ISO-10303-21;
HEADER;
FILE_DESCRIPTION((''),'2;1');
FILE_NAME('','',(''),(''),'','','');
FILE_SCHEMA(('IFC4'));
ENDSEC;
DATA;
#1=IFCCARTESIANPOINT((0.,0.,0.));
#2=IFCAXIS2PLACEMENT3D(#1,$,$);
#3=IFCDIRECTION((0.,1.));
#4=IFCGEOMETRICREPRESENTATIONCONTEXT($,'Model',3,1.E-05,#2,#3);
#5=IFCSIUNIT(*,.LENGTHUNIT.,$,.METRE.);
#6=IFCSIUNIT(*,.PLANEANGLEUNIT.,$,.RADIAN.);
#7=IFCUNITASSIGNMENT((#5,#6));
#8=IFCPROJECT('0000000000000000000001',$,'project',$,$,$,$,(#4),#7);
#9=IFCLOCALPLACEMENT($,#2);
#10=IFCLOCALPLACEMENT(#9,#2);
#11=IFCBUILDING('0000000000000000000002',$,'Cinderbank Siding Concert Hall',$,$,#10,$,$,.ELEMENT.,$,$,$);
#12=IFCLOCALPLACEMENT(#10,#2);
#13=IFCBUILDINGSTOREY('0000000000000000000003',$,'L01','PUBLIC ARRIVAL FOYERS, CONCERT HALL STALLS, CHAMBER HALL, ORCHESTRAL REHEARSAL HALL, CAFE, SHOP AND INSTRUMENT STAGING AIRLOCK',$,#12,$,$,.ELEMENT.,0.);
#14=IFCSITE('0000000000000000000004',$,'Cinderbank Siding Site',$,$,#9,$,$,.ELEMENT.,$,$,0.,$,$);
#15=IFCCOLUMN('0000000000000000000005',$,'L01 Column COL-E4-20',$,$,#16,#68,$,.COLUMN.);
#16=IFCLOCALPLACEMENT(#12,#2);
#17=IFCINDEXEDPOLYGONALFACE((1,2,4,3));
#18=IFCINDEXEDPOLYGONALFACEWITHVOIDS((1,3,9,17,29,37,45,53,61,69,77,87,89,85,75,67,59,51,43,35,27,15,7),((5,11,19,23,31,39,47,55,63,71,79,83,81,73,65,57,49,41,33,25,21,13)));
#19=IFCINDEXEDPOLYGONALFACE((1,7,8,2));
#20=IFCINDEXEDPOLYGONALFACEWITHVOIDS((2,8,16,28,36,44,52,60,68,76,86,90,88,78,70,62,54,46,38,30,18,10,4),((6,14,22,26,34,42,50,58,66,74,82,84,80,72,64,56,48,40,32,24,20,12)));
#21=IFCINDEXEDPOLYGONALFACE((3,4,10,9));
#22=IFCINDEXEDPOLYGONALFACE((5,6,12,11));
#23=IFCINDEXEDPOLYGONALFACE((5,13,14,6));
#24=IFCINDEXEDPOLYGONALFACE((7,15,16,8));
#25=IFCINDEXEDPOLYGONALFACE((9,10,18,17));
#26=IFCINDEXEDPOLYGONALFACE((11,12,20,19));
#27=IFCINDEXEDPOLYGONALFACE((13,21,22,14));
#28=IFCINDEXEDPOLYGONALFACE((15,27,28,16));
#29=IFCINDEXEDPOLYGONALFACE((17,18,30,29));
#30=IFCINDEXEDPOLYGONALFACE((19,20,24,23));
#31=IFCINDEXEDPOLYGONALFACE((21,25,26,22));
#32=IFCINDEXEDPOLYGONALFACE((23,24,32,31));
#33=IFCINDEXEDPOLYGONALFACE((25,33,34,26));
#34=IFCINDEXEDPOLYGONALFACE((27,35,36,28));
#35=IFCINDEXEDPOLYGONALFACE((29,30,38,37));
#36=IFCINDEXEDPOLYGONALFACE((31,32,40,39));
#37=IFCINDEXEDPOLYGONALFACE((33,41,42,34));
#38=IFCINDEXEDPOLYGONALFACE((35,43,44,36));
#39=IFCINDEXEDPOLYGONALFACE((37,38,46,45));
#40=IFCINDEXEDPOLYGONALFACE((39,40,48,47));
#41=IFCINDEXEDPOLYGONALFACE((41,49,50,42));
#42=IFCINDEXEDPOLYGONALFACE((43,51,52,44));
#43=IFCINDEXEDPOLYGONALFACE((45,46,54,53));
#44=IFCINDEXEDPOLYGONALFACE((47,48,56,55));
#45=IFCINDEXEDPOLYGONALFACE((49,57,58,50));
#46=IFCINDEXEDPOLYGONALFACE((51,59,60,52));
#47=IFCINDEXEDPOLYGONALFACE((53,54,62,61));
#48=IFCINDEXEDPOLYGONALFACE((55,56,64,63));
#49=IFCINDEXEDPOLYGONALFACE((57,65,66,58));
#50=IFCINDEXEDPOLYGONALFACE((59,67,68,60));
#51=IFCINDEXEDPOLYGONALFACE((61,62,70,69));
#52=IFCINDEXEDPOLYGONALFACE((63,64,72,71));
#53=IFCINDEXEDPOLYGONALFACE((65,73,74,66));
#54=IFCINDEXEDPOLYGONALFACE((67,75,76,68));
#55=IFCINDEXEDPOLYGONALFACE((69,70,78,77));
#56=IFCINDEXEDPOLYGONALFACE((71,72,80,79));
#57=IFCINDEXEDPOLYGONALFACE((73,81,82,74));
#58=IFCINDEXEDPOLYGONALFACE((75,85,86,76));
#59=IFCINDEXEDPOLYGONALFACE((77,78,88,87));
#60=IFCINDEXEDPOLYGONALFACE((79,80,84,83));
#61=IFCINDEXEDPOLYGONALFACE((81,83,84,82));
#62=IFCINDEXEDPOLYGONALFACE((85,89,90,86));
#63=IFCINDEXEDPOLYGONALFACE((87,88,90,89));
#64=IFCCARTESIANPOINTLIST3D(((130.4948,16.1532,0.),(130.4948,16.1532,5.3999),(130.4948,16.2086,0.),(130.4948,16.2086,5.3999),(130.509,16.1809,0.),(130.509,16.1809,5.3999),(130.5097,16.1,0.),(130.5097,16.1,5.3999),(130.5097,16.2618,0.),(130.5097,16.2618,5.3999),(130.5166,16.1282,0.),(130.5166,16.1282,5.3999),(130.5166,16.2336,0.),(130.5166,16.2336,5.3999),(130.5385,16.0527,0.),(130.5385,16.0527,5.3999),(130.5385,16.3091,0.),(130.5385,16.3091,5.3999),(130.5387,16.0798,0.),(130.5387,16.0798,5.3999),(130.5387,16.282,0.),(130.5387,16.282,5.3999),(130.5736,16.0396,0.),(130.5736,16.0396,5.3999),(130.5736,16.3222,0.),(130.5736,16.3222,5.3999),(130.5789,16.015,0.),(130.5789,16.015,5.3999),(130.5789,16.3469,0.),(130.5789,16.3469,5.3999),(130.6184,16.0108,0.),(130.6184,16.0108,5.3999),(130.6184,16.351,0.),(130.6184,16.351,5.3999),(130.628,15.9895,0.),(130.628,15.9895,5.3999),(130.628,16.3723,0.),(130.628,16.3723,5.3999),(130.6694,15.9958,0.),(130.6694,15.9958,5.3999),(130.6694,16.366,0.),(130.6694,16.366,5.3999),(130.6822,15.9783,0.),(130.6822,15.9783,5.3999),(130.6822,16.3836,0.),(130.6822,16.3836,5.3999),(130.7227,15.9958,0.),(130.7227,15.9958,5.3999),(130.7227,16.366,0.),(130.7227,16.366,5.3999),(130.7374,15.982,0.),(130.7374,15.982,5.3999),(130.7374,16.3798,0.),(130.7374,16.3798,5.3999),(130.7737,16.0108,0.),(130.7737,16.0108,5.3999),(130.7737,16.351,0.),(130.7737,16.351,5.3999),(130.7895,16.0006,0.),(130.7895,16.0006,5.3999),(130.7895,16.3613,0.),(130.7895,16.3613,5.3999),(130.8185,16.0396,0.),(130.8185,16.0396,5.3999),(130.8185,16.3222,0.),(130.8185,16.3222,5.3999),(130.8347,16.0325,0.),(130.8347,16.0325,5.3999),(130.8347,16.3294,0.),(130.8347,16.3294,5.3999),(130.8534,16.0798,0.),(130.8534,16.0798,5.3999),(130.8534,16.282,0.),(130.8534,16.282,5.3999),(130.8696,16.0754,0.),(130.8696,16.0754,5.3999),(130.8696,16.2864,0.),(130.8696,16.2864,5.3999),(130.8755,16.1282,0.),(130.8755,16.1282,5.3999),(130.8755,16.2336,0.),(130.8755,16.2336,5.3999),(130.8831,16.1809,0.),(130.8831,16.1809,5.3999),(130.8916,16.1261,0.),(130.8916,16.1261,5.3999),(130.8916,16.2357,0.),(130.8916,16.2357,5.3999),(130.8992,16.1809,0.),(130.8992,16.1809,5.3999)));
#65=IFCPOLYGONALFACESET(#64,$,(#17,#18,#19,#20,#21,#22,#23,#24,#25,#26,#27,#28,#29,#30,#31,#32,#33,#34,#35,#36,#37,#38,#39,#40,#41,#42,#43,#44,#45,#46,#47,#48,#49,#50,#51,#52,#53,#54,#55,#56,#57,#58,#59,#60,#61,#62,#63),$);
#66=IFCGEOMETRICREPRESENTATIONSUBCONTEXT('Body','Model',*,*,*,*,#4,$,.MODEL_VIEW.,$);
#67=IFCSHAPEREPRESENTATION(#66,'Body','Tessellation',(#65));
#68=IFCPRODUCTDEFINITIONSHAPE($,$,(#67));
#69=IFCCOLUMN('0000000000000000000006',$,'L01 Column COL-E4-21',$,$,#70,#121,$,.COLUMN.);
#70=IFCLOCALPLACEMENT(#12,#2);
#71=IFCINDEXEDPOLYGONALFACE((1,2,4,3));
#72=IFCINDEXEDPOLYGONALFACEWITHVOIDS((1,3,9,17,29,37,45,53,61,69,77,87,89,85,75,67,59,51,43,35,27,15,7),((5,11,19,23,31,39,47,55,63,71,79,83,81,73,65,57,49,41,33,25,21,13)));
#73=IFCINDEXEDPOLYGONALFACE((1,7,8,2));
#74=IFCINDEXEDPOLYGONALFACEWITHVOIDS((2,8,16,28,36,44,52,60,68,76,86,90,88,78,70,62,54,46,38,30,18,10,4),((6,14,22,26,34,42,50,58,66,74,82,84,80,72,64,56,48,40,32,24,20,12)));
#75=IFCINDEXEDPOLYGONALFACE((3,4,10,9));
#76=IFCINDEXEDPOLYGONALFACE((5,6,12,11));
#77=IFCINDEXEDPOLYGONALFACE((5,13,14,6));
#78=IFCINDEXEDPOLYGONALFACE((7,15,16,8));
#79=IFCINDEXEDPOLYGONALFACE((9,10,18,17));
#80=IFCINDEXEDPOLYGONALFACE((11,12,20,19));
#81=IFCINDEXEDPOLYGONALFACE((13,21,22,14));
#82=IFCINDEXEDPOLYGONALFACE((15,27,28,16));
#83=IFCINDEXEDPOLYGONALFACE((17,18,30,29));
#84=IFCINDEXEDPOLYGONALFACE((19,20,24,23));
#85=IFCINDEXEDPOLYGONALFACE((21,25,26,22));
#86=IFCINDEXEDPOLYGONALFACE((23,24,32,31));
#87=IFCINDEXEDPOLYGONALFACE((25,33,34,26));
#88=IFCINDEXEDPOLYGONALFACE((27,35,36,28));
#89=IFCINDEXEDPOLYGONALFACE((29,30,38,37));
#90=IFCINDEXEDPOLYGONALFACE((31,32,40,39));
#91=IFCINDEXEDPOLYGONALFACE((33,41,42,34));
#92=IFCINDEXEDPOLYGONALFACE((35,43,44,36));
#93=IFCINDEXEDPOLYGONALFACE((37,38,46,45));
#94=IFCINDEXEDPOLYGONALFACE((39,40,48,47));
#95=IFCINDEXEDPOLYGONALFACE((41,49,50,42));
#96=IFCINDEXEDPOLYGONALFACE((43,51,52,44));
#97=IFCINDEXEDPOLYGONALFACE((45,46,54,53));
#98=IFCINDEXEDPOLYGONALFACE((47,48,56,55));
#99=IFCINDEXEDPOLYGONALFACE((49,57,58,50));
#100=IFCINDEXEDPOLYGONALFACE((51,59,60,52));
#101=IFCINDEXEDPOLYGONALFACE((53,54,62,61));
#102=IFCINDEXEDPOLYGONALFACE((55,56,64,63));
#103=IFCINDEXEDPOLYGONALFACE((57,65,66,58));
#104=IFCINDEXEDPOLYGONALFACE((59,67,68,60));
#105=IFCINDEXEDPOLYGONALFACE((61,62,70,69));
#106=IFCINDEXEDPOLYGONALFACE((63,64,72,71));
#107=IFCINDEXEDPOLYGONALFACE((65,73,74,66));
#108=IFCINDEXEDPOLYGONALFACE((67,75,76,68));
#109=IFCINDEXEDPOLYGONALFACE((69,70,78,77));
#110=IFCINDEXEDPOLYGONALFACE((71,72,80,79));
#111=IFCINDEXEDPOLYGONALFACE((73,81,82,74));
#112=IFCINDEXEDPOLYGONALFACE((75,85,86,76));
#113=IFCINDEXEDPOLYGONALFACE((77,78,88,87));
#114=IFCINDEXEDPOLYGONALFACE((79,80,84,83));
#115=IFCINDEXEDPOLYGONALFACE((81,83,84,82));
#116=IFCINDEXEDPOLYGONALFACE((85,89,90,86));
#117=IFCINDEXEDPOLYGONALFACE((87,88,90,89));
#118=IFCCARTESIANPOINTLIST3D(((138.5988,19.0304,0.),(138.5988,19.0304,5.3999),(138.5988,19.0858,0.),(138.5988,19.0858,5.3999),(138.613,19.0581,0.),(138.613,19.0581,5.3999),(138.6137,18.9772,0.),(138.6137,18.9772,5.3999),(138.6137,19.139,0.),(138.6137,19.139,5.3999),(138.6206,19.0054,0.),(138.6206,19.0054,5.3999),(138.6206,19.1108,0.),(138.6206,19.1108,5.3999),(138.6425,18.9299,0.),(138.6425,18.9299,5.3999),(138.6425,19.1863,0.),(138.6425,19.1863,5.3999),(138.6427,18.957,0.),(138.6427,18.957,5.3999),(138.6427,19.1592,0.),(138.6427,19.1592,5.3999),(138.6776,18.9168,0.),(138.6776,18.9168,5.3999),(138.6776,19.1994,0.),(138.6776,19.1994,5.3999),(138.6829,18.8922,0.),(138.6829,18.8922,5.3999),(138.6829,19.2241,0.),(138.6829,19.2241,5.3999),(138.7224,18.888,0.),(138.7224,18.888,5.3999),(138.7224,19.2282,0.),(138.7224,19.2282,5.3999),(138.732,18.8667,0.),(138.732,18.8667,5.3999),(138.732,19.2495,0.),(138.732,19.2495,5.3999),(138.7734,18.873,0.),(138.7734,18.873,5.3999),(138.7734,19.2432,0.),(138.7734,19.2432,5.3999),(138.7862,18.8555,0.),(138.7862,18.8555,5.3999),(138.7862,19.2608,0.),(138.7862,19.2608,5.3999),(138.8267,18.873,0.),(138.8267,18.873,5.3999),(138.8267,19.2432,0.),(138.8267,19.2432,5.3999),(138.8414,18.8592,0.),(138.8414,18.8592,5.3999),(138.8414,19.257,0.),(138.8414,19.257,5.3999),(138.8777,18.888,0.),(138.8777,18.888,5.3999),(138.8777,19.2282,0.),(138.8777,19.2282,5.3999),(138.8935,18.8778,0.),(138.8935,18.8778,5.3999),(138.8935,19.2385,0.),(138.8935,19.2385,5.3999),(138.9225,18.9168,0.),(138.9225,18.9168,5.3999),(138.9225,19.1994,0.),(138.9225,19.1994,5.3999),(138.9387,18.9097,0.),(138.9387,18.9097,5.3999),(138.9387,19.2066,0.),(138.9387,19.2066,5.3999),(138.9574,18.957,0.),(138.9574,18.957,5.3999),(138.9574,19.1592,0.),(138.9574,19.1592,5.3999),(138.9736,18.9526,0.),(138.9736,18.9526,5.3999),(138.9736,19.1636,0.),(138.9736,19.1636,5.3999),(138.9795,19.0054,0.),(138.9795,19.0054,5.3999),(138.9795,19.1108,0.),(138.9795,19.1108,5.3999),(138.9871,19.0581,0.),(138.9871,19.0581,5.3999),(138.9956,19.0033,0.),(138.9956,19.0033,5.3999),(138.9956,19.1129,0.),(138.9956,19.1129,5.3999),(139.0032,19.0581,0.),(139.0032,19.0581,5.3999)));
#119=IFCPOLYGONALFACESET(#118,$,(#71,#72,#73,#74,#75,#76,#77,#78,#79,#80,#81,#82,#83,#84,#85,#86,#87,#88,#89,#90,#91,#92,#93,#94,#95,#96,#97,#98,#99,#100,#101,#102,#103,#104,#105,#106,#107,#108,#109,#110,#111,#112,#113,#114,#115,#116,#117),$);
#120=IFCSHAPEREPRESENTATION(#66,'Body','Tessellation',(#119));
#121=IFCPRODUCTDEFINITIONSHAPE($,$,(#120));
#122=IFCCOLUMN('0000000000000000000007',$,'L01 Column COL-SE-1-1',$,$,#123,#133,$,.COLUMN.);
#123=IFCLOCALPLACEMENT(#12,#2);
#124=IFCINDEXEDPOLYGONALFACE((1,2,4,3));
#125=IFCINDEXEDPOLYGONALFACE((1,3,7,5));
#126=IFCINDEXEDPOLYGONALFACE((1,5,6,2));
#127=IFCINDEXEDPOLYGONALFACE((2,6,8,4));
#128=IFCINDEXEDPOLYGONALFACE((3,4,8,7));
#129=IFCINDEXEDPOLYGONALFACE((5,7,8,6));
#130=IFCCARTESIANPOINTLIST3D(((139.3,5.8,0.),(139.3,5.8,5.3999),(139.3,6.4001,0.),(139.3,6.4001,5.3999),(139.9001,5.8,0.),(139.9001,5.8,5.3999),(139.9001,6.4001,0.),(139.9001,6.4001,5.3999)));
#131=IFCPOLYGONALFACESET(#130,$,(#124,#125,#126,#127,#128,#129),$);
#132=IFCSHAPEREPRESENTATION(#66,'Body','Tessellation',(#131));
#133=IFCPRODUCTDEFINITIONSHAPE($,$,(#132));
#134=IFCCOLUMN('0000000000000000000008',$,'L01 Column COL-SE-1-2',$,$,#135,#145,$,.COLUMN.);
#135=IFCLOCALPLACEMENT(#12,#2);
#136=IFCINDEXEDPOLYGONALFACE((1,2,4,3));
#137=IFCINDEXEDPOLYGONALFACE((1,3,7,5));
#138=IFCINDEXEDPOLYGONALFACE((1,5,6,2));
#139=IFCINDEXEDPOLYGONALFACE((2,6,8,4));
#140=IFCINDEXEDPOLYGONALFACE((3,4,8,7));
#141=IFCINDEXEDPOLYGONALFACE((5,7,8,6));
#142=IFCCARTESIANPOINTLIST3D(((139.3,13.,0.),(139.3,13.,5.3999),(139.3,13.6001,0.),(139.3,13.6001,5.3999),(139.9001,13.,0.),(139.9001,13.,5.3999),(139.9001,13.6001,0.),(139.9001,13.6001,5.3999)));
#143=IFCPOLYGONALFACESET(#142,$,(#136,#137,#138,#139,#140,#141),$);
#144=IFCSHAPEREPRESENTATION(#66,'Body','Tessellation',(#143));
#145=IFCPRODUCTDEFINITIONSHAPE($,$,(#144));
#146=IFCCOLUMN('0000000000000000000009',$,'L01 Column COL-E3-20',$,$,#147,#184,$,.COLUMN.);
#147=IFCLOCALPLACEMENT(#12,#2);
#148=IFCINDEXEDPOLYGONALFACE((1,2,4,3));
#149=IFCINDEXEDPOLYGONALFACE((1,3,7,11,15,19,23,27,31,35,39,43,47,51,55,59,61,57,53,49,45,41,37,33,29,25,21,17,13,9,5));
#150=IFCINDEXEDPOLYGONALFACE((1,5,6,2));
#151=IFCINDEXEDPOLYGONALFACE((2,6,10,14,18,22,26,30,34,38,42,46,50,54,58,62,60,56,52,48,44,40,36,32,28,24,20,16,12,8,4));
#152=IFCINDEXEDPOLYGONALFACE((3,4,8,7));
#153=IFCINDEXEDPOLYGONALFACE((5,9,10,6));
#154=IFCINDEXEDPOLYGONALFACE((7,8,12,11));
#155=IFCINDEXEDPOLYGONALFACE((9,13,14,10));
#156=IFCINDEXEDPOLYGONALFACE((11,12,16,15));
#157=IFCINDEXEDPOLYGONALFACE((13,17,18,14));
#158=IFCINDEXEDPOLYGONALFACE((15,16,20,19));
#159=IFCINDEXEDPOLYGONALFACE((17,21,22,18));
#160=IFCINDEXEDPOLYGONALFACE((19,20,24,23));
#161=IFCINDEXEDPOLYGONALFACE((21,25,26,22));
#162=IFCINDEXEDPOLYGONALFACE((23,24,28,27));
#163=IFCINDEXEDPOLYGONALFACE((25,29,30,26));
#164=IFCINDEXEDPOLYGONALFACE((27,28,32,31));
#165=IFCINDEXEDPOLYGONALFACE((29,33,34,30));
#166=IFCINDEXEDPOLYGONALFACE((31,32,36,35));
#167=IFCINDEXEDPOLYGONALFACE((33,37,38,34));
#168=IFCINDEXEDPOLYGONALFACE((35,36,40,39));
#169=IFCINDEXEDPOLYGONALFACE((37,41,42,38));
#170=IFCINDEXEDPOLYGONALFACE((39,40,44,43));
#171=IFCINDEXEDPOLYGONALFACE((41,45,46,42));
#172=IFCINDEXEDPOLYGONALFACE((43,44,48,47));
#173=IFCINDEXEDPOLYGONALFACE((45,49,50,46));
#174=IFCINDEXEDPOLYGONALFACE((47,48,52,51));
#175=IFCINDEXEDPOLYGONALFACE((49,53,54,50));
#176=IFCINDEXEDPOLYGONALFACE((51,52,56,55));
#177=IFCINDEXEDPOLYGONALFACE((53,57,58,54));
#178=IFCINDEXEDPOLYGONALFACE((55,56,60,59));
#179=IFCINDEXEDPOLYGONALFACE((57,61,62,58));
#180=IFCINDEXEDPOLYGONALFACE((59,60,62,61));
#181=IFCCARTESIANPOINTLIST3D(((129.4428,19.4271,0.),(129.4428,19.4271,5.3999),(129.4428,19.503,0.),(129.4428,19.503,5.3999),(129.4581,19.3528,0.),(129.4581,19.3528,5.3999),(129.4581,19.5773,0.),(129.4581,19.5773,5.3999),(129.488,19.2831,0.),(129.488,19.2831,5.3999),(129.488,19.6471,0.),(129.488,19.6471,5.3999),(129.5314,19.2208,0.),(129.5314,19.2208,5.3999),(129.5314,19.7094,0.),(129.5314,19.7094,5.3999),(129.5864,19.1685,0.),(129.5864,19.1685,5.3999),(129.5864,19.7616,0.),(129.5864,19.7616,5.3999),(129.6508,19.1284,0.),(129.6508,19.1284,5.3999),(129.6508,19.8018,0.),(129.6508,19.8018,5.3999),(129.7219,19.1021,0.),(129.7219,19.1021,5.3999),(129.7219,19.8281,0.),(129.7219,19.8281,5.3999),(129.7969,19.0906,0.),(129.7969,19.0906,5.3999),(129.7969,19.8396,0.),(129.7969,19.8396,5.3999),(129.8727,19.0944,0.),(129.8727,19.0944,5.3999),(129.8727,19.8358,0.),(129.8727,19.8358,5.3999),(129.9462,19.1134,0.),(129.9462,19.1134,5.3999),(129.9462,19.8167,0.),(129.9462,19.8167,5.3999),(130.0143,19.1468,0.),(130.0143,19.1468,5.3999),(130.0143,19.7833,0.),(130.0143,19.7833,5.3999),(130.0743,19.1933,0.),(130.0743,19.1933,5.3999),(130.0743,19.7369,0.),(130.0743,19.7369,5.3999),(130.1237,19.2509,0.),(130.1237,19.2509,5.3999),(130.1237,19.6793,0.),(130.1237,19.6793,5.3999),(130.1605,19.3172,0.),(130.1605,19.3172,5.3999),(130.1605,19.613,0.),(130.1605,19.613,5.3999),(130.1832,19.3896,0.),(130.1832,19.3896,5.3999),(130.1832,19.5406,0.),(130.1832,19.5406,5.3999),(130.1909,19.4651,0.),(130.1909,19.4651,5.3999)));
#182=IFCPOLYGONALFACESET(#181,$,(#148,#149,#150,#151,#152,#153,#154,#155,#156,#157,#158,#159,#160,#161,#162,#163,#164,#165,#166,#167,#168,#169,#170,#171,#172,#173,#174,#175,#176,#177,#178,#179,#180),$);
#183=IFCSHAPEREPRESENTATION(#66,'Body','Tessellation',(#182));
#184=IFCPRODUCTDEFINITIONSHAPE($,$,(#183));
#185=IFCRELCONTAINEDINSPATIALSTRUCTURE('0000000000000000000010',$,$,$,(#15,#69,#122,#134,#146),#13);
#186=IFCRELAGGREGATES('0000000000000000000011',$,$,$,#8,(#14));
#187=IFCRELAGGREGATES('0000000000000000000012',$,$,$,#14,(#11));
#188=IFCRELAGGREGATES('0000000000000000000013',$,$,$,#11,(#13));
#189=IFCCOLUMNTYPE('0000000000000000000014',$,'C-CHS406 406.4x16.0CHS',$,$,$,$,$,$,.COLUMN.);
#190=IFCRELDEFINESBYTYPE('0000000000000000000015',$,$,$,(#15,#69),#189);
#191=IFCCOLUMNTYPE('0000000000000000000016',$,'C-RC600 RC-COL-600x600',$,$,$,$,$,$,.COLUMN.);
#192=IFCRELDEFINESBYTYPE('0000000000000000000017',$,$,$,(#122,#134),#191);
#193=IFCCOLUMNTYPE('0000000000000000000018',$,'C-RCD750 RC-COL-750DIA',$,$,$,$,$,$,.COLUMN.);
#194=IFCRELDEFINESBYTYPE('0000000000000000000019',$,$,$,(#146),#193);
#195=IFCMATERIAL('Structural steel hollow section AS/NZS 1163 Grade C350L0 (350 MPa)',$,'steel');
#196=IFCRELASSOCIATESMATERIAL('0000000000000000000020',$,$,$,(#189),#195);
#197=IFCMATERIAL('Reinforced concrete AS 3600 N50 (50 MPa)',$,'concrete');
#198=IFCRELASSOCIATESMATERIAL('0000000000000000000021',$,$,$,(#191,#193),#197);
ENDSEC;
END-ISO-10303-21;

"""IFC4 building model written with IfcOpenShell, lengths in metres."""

from ifc_helpers import new_model, si_unit, direction, frame, origin, origin_2d, place, context, subcontext, project, spatial, rectangle, circle, hollow_circle, extrude, material, material_profile, profile_set, type_object, element, save


model = new_model("IFC4")

# Units and contexts
model_context = context("Model", 3, precision=1e-05, world=origin(), true_north=direction((0.0, 1.0)))
body_context = subcontext(model_context, "Body", "Model", "MODEL_VIEW")
ifc_project = project(units=[si_unit("LENGTHUNIT", "METRE"), si_unit("PLANEANGLEUNIT", "RADIAN")], contexts=[model_context])

# Site, building, storey
site_placement = place(None, origin())
site = spatial("IfcSite", under=ifc_project, at=site_placement, Name="Cinderbank Siding Site", CompositionType="ELEMENT", RefElevation=0.0)
building_placement = place(site_placement, origin())
building = spatial("IfcBuilding", under=site, at=building_placement, Name="Cinderbank Siding Concert Hall", CompositionType="ELEMENT")
storey_placement = place(building_placement, origin())
storey = spatial("IfcBuildingStorey", under=building, at=storey_placement, Name="L01", Description="PUBLIC ARRIVAL FOYERS, CONCERT HALL STALLS, CHAMBER HALL, ORCHESTRAL REHEARSAL HALL, CAFE, SHOP AND INSTRUMENT STAGING AIRLOCK", CompositionType="ELEMENT", Elevation=0.0)

# Columns
ifc_material_1 = material(Name="Structural steel hollow section AS/NZS 1163 Grade C350L0 (350 MPa)", Category="steel")
ifc_material_profile_1 = material_profile(ifc_material_1, hollow_circle(Radius=0.2031, WallThickness=0.0161, at=origin_2d()), Name="406.4x16.0CHS", Category="LoadBearing")
ifc_profile_set_1 = profile_set([ifc_material_profile_1], Name="Structural steel hollow section AS/NZS 1163 Grade C350L0 (350 MPa)")
column_type_1 = type_object("IfcColumnType", Name="C-CHS406 406.4x16.0CHS", PredefinedType="COLUMN", material=ifc_profile_set_1)
for number, where, z_axis, x_axis, name in (
    (1, (130.696, 16.1809, 0.0), (0.0, 0.0, 1.0), (1.0, 0.0, 0.0), "L01 Column COL-E4-20"),
    (2, (138.8, 19.0581, 0.0), (0.0, 0.0, 1.0), (1.0, 0.0, 0.0), "L01 Column COL-E4-21"),
):
    element("IfcColumn", number, at=place(storey_placement, frame(where, z_axis=z_axis, x_axis=x_axis)), inside=storey, type_object=column_type_1, Name=name, PredefinedType="COLUMN", context=body_context, shape_type="SweptSolid", body=[
        extrude(hollow_circle(Radius=0.2031, WallThickness=0.0161, at=origin_2d()), origin(), (0.0, 0.0, 1.0), 5.3999),
    ])
ifc_material_2 = material(Name="Reinforced concrete AS 3600 N50 (50 MPa)", Category="concrete")
ifc_material_profile_2 = material_profile(ifc_material_2, rectangle(XDim=0.6001, YDim=0.6001, at=origin_2d()), Name="RC-COL-600x600", Category="LoadBearing")
ifc_profile_set_2 = profile_set([ifc_material_profile_2], Name="Reinforced concrete AS 3600 N50 (50 MPa)")
column_type_2 = type_object("IfcColumnType", Name="C-RC600 RC-COL-600x600", PredefinedType="COLUMN", material=ifc_profile_set_2)
for number, where, z_axis, x_axis, name in (
    (3, (139.6001, 6.1001, 0.0), (0.0, 0.0, 1.0), (1.0, 0.0, 0.0), "L01 Column COL-SE-1-1"),
    (4, (139.6001, 13.3, 0.0), (0.0, 0.0, 1.0), (1.0, 0.0, 0.0), "L01 Column COL-SE-1-2"),
):
    element("IfcColumn", number, at=place(storey_placement, frame(where, z_axis=z_axis, x_axis=x_axis)), inside=storey, type_object=column_type_2, Name=name, PredefinedType="COLUMN", context=body_context, shape_type="SweptSolid", body=[
        extrude(rectangle(XDim=0.6001, YDim=0.6001, at=origin_2d()), origin(), (0.0, 0.0, 1.0), 5.3999),
    ])
ifc_material_profile_3 = material_profile(ifc_material_2, circle(Radius=0.375, at=origin_2d()), Name="RC-COL-750DIA", Category="LoadBearing")
ifc_profile_set_3 = profile_set([ifc_material_profile_3], Name="Reinforced concrete AS 3600 N50 (50 MPa)")
column_type_3 = type_object("IfcColumnType", Name="C-RCD750 RC-COL-750DIA", PredefinedType="COLUMN", material=ifc_profile_set_3)
for number, where, z_axis, x_axis, name in (
    (5, (129.8159, 19.4651, 0.0), (0.0, 0.0, 1.0), (1.0, 0.0, 0.0), "L01 Column COL-E3-20"),
):
    element("IfcColumn", number, at=place(storey_placement, frame(where, z_axis=z_axis, x_axis=x_axis)), inside=storey, type_object=column_type_3, Name=name, PredefinedType="COLUMN", context=body_context, shape_type="SweptSolid", body=[
        extrude(circle(Radius=0.375, at=origin_2d()), origin(), (0.0, 0.0, 1.0), 5.3999),
    ])

save(model, "model.ifc")
